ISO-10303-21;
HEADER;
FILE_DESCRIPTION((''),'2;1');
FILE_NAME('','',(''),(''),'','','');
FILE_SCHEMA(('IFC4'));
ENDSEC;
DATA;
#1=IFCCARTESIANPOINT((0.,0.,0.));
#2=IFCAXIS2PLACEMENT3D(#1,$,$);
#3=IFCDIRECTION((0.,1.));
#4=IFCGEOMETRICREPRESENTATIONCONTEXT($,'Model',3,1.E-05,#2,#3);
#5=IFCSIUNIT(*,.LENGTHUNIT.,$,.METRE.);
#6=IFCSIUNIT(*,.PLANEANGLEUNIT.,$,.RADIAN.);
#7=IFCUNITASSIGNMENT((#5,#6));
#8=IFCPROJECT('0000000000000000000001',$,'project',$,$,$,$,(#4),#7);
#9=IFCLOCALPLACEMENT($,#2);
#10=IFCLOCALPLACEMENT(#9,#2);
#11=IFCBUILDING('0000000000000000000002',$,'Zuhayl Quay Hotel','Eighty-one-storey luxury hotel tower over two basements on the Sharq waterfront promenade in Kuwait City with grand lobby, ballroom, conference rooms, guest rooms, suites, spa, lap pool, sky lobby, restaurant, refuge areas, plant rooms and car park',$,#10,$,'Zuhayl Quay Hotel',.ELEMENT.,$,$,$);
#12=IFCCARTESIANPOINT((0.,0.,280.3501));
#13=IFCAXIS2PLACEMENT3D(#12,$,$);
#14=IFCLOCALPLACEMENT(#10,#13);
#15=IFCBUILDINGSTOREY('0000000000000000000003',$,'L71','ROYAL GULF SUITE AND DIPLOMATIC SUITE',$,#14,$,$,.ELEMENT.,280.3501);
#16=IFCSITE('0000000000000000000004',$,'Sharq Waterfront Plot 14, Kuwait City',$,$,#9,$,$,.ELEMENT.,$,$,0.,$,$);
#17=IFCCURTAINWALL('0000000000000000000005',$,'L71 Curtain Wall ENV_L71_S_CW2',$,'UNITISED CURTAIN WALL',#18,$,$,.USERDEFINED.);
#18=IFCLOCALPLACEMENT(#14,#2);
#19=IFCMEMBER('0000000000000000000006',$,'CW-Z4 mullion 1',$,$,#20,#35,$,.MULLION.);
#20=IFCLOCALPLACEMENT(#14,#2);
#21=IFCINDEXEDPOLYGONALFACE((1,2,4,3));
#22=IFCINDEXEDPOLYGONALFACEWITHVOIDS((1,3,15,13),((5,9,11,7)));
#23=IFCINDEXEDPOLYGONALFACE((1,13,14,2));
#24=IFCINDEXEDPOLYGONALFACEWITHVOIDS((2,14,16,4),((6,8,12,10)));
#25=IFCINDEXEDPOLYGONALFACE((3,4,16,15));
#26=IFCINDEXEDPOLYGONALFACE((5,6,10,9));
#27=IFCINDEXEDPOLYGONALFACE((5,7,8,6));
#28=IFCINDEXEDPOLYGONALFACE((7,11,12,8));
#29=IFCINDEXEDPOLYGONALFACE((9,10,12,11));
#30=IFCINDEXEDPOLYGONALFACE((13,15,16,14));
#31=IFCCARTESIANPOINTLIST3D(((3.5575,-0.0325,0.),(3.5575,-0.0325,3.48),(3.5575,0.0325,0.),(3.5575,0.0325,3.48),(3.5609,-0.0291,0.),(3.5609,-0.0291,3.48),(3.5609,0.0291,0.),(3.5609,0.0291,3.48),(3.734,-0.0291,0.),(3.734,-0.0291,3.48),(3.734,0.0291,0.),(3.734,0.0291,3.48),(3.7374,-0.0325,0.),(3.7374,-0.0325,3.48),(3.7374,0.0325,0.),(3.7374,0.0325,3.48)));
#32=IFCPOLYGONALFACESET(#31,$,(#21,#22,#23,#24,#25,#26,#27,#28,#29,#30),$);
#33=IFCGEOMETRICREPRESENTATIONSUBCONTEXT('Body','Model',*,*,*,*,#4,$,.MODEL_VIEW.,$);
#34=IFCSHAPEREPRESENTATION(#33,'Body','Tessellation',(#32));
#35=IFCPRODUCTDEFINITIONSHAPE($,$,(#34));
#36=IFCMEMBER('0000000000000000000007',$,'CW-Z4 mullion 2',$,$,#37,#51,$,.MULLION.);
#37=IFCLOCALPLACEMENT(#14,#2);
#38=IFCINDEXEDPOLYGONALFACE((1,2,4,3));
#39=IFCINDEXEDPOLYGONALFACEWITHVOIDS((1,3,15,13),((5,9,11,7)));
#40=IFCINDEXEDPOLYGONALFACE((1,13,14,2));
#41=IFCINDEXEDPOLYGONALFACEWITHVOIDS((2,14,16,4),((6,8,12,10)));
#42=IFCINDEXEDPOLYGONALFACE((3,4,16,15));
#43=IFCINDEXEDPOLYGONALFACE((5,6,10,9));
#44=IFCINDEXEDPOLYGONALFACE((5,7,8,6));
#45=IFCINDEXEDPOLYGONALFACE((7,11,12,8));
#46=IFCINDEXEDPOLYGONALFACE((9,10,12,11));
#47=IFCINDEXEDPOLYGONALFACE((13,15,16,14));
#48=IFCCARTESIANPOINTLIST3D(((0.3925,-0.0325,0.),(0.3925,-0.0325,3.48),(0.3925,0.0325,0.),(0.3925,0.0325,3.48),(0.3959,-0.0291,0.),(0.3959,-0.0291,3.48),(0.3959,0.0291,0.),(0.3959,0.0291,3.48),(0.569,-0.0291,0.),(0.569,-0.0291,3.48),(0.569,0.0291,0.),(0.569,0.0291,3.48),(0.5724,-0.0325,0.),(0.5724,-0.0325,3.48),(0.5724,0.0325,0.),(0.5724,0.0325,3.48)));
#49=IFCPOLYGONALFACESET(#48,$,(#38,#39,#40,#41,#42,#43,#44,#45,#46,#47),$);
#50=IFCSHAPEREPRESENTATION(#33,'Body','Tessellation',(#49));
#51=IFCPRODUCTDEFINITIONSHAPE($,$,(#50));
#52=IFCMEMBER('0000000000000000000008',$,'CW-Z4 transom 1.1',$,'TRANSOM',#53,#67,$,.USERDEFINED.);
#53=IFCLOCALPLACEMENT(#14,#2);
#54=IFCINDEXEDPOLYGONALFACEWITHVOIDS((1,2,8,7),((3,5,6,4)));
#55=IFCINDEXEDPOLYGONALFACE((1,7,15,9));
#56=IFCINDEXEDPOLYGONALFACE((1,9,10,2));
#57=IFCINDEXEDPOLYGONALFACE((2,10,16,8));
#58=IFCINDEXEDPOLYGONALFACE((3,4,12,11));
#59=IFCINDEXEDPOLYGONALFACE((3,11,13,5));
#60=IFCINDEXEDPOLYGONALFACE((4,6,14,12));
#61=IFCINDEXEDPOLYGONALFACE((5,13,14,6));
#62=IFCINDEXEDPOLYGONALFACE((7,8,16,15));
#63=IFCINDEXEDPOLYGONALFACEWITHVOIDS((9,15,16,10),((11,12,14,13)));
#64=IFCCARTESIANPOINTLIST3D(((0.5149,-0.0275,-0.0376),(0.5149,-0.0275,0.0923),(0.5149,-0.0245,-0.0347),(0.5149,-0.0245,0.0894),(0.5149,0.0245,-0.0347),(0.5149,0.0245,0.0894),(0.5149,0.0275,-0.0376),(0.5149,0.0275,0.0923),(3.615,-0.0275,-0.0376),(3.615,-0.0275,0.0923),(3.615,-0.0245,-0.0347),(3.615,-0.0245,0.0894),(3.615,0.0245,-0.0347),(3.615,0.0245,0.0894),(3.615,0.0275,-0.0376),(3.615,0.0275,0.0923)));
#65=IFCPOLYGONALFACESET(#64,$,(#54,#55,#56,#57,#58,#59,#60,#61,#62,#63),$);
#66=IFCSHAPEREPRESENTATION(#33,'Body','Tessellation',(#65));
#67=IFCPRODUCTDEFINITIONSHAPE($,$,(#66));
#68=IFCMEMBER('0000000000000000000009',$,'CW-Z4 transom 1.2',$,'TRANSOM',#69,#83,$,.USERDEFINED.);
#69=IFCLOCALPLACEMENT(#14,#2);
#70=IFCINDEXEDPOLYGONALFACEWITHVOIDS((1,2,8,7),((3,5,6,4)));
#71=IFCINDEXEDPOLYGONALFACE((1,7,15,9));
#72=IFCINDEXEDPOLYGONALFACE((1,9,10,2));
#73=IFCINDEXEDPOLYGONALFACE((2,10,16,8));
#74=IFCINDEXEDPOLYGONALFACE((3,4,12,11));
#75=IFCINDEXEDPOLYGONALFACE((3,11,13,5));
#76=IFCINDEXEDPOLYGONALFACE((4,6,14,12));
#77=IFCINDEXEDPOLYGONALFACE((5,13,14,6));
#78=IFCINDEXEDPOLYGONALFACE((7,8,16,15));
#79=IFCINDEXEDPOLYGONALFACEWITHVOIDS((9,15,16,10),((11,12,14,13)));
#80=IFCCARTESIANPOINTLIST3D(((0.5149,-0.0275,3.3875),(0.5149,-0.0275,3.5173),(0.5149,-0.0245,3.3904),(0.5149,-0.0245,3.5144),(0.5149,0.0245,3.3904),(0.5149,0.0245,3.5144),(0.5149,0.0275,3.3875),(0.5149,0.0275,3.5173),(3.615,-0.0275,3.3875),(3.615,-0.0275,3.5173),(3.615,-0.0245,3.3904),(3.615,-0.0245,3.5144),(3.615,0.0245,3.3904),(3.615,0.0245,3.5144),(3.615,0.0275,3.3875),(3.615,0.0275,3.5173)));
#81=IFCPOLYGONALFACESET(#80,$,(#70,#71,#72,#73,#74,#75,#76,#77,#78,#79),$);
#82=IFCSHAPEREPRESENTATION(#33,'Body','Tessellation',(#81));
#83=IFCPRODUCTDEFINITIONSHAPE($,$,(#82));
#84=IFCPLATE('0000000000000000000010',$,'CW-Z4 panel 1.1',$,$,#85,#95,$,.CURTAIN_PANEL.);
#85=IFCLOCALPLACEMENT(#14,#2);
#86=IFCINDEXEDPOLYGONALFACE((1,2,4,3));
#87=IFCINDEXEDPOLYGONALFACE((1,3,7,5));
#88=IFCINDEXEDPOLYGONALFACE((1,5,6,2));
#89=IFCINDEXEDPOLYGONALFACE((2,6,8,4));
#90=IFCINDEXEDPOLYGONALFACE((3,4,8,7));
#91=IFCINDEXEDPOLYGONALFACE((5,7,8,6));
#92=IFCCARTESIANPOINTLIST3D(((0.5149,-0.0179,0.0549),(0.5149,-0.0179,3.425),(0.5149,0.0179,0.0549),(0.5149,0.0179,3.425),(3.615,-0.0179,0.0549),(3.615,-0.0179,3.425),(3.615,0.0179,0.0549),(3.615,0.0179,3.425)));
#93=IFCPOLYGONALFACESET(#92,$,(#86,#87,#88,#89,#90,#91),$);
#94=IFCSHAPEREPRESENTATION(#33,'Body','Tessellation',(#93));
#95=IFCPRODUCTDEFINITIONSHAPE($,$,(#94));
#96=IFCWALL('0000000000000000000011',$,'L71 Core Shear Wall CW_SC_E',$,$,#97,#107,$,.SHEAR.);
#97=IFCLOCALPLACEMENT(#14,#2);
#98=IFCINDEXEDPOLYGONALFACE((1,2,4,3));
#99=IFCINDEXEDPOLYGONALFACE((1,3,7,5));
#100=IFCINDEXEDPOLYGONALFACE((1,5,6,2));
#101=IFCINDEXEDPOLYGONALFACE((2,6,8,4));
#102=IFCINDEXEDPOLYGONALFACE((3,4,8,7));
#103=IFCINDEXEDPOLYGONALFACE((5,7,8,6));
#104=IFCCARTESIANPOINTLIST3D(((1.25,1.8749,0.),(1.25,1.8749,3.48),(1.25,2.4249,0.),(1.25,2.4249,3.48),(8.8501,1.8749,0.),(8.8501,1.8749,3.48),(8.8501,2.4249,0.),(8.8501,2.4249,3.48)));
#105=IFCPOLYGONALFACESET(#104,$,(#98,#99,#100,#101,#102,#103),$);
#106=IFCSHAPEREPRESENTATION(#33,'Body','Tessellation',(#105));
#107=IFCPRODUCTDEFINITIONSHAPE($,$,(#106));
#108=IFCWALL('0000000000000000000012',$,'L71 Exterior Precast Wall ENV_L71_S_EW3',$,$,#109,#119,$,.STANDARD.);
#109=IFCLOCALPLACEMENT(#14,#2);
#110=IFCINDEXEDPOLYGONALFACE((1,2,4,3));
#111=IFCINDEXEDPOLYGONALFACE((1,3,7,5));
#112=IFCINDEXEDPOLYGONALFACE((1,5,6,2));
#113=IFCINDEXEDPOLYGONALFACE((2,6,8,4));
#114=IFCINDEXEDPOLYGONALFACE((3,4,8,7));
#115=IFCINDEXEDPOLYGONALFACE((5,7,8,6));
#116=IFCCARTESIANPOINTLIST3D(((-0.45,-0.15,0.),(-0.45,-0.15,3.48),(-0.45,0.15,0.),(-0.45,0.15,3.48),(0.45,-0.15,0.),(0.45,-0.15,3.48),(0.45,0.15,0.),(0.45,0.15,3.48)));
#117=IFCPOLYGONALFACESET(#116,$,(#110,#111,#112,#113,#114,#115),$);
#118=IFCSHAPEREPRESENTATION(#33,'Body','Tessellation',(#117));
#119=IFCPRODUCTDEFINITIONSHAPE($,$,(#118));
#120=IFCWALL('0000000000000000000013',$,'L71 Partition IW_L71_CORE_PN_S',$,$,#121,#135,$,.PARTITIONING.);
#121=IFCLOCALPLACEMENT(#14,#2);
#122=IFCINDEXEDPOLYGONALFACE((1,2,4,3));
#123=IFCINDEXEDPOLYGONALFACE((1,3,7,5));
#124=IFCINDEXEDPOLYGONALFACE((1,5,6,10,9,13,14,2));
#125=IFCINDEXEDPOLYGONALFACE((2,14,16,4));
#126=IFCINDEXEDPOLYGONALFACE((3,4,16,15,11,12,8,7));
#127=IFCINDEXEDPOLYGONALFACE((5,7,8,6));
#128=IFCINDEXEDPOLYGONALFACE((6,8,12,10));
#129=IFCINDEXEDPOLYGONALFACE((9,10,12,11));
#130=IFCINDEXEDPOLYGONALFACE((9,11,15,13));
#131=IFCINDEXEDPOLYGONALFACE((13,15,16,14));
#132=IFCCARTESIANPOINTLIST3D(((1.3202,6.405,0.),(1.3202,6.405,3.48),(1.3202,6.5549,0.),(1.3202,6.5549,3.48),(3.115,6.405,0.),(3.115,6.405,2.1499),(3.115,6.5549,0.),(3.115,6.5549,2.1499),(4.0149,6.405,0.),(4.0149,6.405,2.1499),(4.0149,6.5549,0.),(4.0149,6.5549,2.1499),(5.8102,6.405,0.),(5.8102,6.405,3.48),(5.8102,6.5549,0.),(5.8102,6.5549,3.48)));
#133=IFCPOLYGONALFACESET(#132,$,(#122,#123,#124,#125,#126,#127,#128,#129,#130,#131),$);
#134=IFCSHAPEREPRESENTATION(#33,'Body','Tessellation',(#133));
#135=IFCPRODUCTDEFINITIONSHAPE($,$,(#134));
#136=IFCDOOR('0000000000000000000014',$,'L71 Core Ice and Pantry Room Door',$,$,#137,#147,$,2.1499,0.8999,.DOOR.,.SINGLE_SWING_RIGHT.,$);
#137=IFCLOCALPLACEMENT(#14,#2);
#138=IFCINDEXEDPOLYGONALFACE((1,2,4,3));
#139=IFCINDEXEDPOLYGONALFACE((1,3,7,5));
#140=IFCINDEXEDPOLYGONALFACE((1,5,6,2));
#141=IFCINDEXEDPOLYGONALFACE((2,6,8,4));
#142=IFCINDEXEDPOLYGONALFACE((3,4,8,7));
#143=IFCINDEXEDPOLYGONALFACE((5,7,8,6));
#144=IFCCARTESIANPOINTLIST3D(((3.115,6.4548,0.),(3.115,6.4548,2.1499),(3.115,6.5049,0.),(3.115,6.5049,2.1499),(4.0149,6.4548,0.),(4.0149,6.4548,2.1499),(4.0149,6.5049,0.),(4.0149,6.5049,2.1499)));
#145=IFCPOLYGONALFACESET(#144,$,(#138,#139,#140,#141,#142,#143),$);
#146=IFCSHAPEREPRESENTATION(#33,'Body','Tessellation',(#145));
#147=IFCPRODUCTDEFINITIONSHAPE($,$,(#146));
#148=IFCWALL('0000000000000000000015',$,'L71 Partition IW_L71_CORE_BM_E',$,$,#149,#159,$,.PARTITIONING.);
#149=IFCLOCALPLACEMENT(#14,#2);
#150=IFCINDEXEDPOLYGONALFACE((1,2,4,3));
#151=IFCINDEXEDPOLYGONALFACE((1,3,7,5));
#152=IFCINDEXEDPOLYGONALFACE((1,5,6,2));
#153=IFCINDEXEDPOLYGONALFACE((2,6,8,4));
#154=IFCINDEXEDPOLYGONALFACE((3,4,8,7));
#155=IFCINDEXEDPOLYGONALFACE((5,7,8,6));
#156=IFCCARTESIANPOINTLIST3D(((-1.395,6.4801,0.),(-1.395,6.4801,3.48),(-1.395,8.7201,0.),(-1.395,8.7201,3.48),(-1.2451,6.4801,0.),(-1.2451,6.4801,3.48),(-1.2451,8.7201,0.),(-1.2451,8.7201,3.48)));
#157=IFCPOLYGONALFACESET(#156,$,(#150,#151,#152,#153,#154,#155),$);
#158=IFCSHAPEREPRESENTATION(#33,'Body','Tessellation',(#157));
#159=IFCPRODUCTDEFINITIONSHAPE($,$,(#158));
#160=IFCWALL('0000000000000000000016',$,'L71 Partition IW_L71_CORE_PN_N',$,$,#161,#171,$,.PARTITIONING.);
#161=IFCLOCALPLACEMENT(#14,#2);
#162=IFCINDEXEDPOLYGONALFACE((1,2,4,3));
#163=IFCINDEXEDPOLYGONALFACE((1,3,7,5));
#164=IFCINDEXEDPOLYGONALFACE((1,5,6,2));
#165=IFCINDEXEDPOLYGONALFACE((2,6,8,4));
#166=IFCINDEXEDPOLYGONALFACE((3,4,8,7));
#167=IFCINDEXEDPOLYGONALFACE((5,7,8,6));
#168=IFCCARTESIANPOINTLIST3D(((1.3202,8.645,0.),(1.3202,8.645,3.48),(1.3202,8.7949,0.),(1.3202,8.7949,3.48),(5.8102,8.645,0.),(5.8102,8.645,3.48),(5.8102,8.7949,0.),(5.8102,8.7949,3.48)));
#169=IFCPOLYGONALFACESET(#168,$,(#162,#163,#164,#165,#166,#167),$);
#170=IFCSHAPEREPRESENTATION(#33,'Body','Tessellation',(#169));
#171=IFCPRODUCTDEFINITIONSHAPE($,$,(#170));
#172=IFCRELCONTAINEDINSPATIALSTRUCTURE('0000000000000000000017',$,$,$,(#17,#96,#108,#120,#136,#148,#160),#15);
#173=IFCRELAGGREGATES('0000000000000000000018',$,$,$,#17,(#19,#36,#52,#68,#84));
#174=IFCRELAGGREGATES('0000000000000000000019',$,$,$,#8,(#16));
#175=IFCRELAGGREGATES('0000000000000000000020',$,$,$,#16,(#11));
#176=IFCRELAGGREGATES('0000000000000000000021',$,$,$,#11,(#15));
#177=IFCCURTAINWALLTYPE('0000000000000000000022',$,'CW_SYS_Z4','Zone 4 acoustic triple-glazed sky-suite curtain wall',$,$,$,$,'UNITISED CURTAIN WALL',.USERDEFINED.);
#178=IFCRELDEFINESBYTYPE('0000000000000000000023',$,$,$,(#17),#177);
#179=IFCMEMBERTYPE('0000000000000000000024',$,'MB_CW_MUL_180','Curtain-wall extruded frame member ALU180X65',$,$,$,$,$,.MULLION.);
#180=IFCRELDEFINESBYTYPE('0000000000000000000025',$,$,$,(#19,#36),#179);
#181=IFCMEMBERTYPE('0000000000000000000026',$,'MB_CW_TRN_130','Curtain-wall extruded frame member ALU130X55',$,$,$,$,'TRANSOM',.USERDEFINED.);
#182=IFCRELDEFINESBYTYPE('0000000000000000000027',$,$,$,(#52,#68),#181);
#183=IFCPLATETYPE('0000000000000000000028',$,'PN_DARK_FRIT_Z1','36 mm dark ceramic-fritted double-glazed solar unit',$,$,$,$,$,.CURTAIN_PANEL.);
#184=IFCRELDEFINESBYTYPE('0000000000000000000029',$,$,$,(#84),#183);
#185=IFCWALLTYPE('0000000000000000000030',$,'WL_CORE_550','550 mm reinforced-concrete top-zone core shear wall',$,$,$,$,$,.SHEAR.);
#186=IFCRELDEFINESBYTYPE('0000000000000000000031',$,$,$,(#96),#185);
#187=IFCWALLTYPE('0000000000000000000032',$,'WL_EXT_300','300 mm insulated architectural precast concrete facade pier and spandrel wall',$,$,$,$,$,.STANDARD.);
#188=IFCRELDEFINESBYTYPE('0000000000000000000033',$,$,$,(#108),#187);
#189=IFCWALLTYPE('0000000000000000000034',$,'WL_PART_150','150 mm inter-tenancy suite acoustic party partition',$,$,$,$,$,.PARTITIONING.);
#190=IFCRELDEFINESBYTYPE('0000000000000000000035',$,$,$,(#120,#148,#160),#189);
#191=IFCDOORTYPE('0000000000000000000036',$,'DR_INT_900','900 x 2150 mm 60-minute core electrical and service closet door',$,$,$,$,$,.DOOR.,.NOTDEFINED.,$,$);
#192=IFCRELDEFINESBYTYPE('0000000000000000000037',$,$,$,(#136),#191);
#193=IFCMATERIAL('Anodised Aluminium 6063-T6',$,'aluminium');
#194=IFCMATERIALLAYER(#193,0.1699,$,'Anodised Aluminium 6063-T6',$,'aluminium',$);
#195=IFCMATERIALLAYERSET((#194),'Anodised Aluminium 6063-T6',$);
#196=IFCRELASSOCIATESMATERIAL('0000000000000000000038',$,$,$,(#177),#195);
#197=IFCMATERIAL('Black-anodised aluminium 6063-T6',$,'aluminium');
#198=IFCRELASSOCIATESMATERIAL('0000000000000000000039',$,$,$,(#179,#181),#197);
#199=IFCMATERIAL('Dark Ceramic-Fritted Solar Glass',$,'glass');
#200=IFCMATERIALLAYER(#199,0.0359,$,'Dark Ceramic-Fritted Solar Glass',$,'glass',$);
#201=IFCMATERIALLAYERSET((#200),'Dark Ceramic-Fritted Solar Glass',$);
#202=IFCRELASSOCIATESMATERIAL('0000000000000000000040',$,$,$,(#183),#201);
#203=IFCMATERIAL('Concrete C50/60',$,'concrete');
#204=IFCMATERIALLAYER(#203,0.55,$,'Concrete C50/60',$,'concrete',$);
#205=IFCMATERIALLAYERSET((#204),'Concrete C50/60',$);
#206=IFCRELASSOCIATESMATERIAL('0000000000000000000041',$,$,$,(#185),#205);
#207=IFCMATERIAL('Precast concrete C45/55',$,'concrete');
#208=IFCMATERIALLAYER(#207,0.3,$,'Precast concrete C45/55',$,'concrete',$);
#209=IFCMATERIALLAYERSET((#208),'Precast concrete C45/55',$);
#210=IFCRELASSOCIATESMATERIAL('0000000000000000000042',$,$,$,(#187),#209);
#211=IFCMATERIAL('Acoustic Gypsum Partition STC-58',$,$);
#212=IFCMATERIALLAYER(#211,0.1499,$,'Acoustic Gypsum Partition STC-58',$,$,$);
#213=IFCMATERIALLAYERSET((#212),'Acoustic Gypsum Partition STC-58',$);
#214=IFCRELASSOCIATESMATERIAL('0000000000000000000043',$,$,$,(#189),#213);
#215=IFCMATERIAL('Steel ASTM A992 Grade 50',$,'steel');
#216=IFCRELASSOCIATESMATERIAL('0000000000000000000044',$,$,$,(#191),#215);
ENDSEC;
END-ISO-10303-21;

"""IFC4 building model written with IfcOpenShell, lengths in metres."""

from ifc_helpers import new_model, si_unit, direction, frame, frame_2d, origin, origin_2d, place, context, subcontext, project, spatial, rectangle, hollow_rectangle, extrude, material, layer, layer_set, material_profile, profile_set, type_object, element, fill, aggregate, save


model = new_model("IFC4")

# Units and contexts
model_context = context("Model", 3, precision=1e-05, world=origin(), true_north=direction((0.0, 1.0)))
body_context = subcontext(model_context, "Body", "Model", "MODEL_VIEW")
ifc_project = project(units=[si_unit("LENGTHUNIT", "METRE"), si_unit("PLANEANGLEUNIT", "RADIAN")], contexts=[model_context])

# Site, building, storey
site_placement = place(None, origin())
site = spatial("IfcSite", under=ifc_project, at=site_placement, Name="Sharq Waterfront Plot 14, Kuwait City", CompositionType="ELEMENT", RefElevation=0.0)
building_placement = place(site_placement, origin())
building = spatial("IfcBuilding", under=site, at=building_placement, Name="Zuhayl Quay Hotel", Description="Eighty-one-storey luxury hotel tower over two basements on the Sharq waterfront promenade in Kuwait City with grand lobby, ballroom, conference rooms, guest rooms, suites, spa, lap pool, sky lobby, restaurant, refuge areas, plant rooms and car park", LongName="Zuhayl Quay Hotel", CompositionType="ELEMENT")
storey_placement = place(building_placement, frame((0.0, 0.0, 280.3501)))
storey = spatial("IfcBuildingStorey", under=building, at=storey_placement, Name="L71", Description="ROYAL GULF SUITE AND DIPLOMATIC SUITE", CompositionType="ELEMENT", Elevation=280.3501)

# Curtain wall, members, plate
ifc_material_1 = material(Name="Anodised Aluminium 6063-T6", Category="aluminium")
ifc_layer_1 = layer(ifc_material_1, 0.1699, Name="Anodised Aluminium 6063-T6", Category="aluminium")
ifc_layer_set_1 = layer_set([ifc_layer_1], Name="Anodised Aluminium 6063-T6")
curtain_wall_type = type_object("IfcCurtainWallType", Name="CW_SYS_Z4", Description="Zone 4 acoustic triple-glazed sky-suite curtain wall", ElementType="UNITISED CURTAIN WALL", PredefinedType="USERDEFINED", material=ifc_layer_set_1)
curtain_wall_placement = place(storey_placement, origin())
curtain_wall = element("IfcCurtainWall", 1, at=curtain_wall_placement, inside=storey, type_object=curtain_wall_type, Name="L71 Curtain Wall ENV_L71_S_CW2", ObjectType="UNITISED CURTAIN WALL", PredefinedType="USERDEFINED")
ifc_material_2 = material(Name="Black-anodised aluminium 6063-T6", Category="aluminium")
ifc_material_profile_1 = material_profile(ifc_material_2, hollow_rectangle(XDim=0.0649, YDim=0.1799, WallThickness=0.0034, at=origin_2d()), Name="ALU180X65")
ifc_profile_set_1 = profile_set([ifc_material_profile_1], Name="Black-anodised aluminium 6063-T6")
member_type_1 = type_object("IfcMemberType", Name="MB_CW_MUL_180", Description="Curtain-wall extruded frame member ALU180X65", PredefinedType="MULLION", material=ifc_profile_set_1)
member_1_placement = place(storey_placement, frame((3.6475, 0.0, 0.0), z_axis=(0.0, 0.0, 1.0), x_axis=(0.0, -1.0, 0.0)))
member_1 = element("IfcMember", 2, at=member_1_placement, type_object=member_type_1, Name="CW-Z4 mullion 1", PredefinedType="MULLION", context=body_context, shape_type="SweptSolid", body=[
    extrude(hollow_rectangle(XDim=0.0649, YDim=0.1799, WallThickness=0.0034, at=origin_2d()), origin(), (0.0, 0.0, 1.0), 3.48),
])
member_2_placement = place(storey_placement, frame((0.4824, 0.0, 0.0), z_axis=(0.0, 0.0, 1.0), x_axis=(0.0, -1.0, 0.0)))
member_2 = element("IfcMember", 3, at=member_2_placement, type_object=member_type_1, Name="CW-Z4 mullion 2", PredefinedType="MULLION", context=body_context, shape_type="SweptSolid", body=[
    extrude(hollow_rectangle(XDim=0.0649, YDim=0.1799, WallThickness=0.0034, at=origin_2d()), origin(), (0.0, 0.0, 1.0), 3.48),
])
ifc_material_profile_2 = material_profile(ifc_material_2, hollow_rectangle(XDim=0.0549, YDim=0.1299, WallThickness=0.0029, at=origin_2d()), Name="ALU130X55")
ifc_profile_set_2 = profile_set([ifc_material_profile_2], Name="Black-anodised aluminium 6063-T6")
member_type_2 = type_object("IfcMemberType", Name="MB_CW_TRN_130", Description="Curtain-wall extruded frame member ALU130X55", ElementType="TRANSOM", PredefinedType="USERDEFINED", material=ifc_profile_set_2)
member_3_placement = place(storey_placement, frame((3.615, 0.0, 0.0273), z_axis=(-1.0, 0.0, 0.0), x_axis=(0.0, -1.0, 0.0)))
member_3 = element("IfcMember", 4, at=member_3_placement, type_object=member_type_2, Name="CW-Z4 transom 1.1", ObjectType="TRANSOM", PredefinedType="USERDEFINED", context=body_context, shape_type="SweptSolid", body=[
    extrude(hollow_rectangle(XDim=0.0549, YDim=0.1299, WallThickness=0.0029, at=origin_2d()), origin(), (0.0, 0.0, 1.0), 3.1001),
])
member_4_placement = place(storey_placement, frame((3.615, 0.0, 3.4524), z_axis=(-1.0, 0.0, 0.0), x_axis=(0.0, -1.0, 0.0)))
member_4 = element("IfcMember", 5, at=member_4_placement, type_object=member_type_2, Name="CW-Z4 transom 1.2", ObjectType="TRANSOM", PredefinedType="USERDEFINED", context=body_context, shape_type="SweptSolid", body=[
    extrude(hollow_rectangle(XDim=0.0549, YDim=0.1299, WallThickness=0.0029, at=origin_2d()), origin(), (0.0, 0.0, 1.0), 3.1001),
])
ifc_material_3 = material(Name="Dark Ceramic-Fritted Solar Glass", Category="glass")
ifc_layer_2 = layer(ifc_material_3, 0.0359, Name="Dark Ceramic-Fritted Solar Glass", Category="glass")
ifc_layer_set_2 = layer_set([ifc_layer_2], Name="Dark Ceramic-Fritted Solar Glass")
plate_type = type_object("IfcPlateType", Name="PN_DARK_FRIT_Z1", Description="36 mm dark ceramic-fritted double-glazed solar unit", PredefinedType="CURTAIN_PANEL", material=ifc_layer_set_2)
plate_placement = place(storey_placement, frame((2.0649, 0.0, 0.0549), z_axis=(0.0, 0.0, 1.0), x_axis=(-1.0, 0.0, 0.0)))
plate = element("IfcPlate", 6, at=plate_placement, type_object=plate_type, Name="CW-Z4 panel 1.1", PredefinedType="CURTAIN_PANEL", context=body_context, shape_type="SweptSolid", body=[
    extrude(rectangle(XDim=3.1001, YDim=0.0359, at=origin_2d()), origin(), (0.0, 0.0, 1.0), 3.3701),
])
aggregate(curtain_wall, [member_1, member_2, member_3, member_4, plate])

# Walls
ifc_material_4 = material(Name="Concrete C50/60", Category="concrete")
ifc_layer_3 = layer(ifc_material_4, 0.55, Name="Concrete C50/60", Category="concrete")
ifc_layer_set_3 = layer_set([ifc_layer_3], Name="Concrete C50/60")
wall_type_1 = type_object("IfcWallType", Name="WL_CORE_550", Description="550 mm reinforced-concrete top-zone core shear wall", PredefinedType="SHEAR", material=ifc_layer_set_3)
wall_1_placement = place(storey_placement, frame((1.25, 2.1499, 0.0), z_axis=(0.0, 0.0, 1.0), x_axis=(1.0, 0.0, 0.0)))
element("IfcWall", 7, at=wall_1_placement, inside=storey, type_object=wall_type_1, Name="L71 Core Shear Wall CW_SC_E", PredefinedType="SHEAR", context=body_context, shape_type="SweptSolid", body=[
    extrude(rectangle(XDim=7.6001, YDim=0.55, at=frame_2d((3.8, 0.0))), origin(), (0.0, 0.0, 1.0), 3.48),
])
ifc_material_5 = material(Name="Precast concrete C45/55", Category="concrete")
ifc_layer_4 = layer(ifc_material_5, 0.3, Name="Precast concrete C45/55", Category="concrete")
ifc_layer_set_4 = layer_set([ifc_layer_4], Name="Precast concrete C45/55")
wall_type_2 = type_object("IfcWallType", Name="WL_EXT_300", Description="300 mm insulated architectural precast concrete facade pier and spandrel wall", PredefinedType="STANDARD", material=ifc_layer_set_4)
wall_2_placement = place(storey_placement, frame((0.45, 0.0, 0.0), z_axis=(0.0, 0.0, 1.0), x_axis=(-1.0, 0.0, 0.0)))
element("IfcWall", 8, at=wall_2_placement, inside=storey, type_object=wall_type_2, Name="L71 Exterior Precast Wall ENV_L71_S_EW3", PredefinedType="STANDARD", context=body_context, shape_type="SweptSolid", body=[
    extrude(rectangle(XDim=0.8999, YDim=0.3, at=frame_2d((0.45, 0.0))), origin(), (0.0, 0.0, 1.0), 3.48),
])

# Wall, opening, door
ifc_material_6 = material(Name="Acoustic Gypsum Partition STC-58")
ifc_layer_5 = layer(ifc_material_6, 0.1499, Name="Acoustic Gypsum Partition STC-58")
ifc_layer_set_5 = layer_set([ifc_layer_5], Name="Acoustic Gypsum Partition STC-58")
wall_type_3 = type_object("IfcWallType", Name="WL_PART_150", Description="150 mm inter-tenancy suite acoustic party partition", PredefinedType="PARTITIONING", material=ifc_layer_set_5)
wall_3_placement = place(storey_placement, frame((1.3201, 6.48, 0.0), z_axis=(0.0, 0.0, 1.0), x_axis=(1.0, 0.0, 0.0)))
wall_3 = element("IfcWall", 9, at=wall_3_placement, inside=storey, type_object=wall_type_3, Name="L71 Partition IW_L71_CORE_PN_S", PredefinedType="PARTITIONING", context=body_context, shape_type="SweptSolid", body=[
    extrude(rectangle(XDim=4.49, YDim=0.1499, at=frame_2d((2.2451, 0.0))), origin(), (0.0, 0.0, 1.0), 3.48),
])
opening_1_placement = place(wall_3_placement, frame((1.7949, 0.0, 0.0)))
opening_1 = element("IfcOpeningElement", 10, at=opening_1_placement, cuts=wall_3, PredefinedType="OPENING", context=body_context, shape_type="SweptSolid", body=[
    extrude(rectangle(XDim=0.8999, YDim=2.1499, at=frame_2d((0.45, 1.075))), frame((0.0, 0.085, 0.0), z_axis=(0.0, -1.0, 0.0), x_axis=(1.0, 0.0, 0.0)), (0.0, 0.0, 1.0), 0.1699),
])
ifc_material_7 = material(Name="Steel ASTM A992 Grade 50", Category="steel")
door_type_1 = type_object("IfcDoorType", Name="DR_INT_900", Description="900 x 2150 mm 60-minute core electrical and service closet door", OperationType="NOTDEFINED", PredefinedType="DOOR", material=ifc_material_7)
door_1_placement = place(opening_1_placement, origin())
door_1 = element("IfcDoor", 11, at=door_1_placement, inside=storey, type_object=door_type_1, Name="L71 Core Ice and Pantry Room Door", OperationType="SINGLE_SWING_RIGHT", OverallHeight=2.1499, OverallWidth=0.8999, PredefinedType="DOOR", context=body_context, shape_type="SweptSolid", body=[
    extrude(rectangle(XDim=0.8999, YDim=2.1499, at=frame_2d((0.45, 1.075))), frame((0.0, 0.0249, 0.0), z_axis=(0.0, -1.0, 0.0), x_axis=(1.0, 0.0, 0.0)), (0.0, 0.0, 1.0), 0.05),
])
fill(opening_1, door_1)

# Walls
wall_4_placement = place(storey_placement, frame((-1.3201, 6.48, 0.0), z_axis=(0.0, 0.0, 1.0), x_axis=(0.0, 1.0, 0.0)))
element("IfcWall", 12, at=wall_4_placement, inside=storey, type_object=wall_type_3, Name="L71 Partition IW_L71_CORE_BM_E", PredefinedType="PARTITIONING", context=body_context, shape_type="SweptSolid", body=[
    extrude(rectangle(XDim=2.24, YDim=0.1499, at=frame_2d((1.1201, 0.0))), origin(), (0.0, 0.0, 1.0), 3.48),
])
wall_5_placement = place(storey_placement, frame((1.3201, 8.72, 0.0), z_axis=(0.0, 0.0, 1.0), x_axis=(1.0, 0.0, 0.0)))
element("IfcWall", 13, at=wall_5_placement, inside=storey, type_object=wall_type_3, Name="L71 Partition IW_L71_CORE_PN_N", PredefinedType="PARTITIONING", context=body_context, shape_type="SweptSolid", body=[
    extrude(rectangle(XDim=4.49, YDim=0.1499, at=frame_2d((2.2451, 0.0))), origin(), (0.0, 0.0, 1.0), 3.48),
])

save(model, "model.ifc")
